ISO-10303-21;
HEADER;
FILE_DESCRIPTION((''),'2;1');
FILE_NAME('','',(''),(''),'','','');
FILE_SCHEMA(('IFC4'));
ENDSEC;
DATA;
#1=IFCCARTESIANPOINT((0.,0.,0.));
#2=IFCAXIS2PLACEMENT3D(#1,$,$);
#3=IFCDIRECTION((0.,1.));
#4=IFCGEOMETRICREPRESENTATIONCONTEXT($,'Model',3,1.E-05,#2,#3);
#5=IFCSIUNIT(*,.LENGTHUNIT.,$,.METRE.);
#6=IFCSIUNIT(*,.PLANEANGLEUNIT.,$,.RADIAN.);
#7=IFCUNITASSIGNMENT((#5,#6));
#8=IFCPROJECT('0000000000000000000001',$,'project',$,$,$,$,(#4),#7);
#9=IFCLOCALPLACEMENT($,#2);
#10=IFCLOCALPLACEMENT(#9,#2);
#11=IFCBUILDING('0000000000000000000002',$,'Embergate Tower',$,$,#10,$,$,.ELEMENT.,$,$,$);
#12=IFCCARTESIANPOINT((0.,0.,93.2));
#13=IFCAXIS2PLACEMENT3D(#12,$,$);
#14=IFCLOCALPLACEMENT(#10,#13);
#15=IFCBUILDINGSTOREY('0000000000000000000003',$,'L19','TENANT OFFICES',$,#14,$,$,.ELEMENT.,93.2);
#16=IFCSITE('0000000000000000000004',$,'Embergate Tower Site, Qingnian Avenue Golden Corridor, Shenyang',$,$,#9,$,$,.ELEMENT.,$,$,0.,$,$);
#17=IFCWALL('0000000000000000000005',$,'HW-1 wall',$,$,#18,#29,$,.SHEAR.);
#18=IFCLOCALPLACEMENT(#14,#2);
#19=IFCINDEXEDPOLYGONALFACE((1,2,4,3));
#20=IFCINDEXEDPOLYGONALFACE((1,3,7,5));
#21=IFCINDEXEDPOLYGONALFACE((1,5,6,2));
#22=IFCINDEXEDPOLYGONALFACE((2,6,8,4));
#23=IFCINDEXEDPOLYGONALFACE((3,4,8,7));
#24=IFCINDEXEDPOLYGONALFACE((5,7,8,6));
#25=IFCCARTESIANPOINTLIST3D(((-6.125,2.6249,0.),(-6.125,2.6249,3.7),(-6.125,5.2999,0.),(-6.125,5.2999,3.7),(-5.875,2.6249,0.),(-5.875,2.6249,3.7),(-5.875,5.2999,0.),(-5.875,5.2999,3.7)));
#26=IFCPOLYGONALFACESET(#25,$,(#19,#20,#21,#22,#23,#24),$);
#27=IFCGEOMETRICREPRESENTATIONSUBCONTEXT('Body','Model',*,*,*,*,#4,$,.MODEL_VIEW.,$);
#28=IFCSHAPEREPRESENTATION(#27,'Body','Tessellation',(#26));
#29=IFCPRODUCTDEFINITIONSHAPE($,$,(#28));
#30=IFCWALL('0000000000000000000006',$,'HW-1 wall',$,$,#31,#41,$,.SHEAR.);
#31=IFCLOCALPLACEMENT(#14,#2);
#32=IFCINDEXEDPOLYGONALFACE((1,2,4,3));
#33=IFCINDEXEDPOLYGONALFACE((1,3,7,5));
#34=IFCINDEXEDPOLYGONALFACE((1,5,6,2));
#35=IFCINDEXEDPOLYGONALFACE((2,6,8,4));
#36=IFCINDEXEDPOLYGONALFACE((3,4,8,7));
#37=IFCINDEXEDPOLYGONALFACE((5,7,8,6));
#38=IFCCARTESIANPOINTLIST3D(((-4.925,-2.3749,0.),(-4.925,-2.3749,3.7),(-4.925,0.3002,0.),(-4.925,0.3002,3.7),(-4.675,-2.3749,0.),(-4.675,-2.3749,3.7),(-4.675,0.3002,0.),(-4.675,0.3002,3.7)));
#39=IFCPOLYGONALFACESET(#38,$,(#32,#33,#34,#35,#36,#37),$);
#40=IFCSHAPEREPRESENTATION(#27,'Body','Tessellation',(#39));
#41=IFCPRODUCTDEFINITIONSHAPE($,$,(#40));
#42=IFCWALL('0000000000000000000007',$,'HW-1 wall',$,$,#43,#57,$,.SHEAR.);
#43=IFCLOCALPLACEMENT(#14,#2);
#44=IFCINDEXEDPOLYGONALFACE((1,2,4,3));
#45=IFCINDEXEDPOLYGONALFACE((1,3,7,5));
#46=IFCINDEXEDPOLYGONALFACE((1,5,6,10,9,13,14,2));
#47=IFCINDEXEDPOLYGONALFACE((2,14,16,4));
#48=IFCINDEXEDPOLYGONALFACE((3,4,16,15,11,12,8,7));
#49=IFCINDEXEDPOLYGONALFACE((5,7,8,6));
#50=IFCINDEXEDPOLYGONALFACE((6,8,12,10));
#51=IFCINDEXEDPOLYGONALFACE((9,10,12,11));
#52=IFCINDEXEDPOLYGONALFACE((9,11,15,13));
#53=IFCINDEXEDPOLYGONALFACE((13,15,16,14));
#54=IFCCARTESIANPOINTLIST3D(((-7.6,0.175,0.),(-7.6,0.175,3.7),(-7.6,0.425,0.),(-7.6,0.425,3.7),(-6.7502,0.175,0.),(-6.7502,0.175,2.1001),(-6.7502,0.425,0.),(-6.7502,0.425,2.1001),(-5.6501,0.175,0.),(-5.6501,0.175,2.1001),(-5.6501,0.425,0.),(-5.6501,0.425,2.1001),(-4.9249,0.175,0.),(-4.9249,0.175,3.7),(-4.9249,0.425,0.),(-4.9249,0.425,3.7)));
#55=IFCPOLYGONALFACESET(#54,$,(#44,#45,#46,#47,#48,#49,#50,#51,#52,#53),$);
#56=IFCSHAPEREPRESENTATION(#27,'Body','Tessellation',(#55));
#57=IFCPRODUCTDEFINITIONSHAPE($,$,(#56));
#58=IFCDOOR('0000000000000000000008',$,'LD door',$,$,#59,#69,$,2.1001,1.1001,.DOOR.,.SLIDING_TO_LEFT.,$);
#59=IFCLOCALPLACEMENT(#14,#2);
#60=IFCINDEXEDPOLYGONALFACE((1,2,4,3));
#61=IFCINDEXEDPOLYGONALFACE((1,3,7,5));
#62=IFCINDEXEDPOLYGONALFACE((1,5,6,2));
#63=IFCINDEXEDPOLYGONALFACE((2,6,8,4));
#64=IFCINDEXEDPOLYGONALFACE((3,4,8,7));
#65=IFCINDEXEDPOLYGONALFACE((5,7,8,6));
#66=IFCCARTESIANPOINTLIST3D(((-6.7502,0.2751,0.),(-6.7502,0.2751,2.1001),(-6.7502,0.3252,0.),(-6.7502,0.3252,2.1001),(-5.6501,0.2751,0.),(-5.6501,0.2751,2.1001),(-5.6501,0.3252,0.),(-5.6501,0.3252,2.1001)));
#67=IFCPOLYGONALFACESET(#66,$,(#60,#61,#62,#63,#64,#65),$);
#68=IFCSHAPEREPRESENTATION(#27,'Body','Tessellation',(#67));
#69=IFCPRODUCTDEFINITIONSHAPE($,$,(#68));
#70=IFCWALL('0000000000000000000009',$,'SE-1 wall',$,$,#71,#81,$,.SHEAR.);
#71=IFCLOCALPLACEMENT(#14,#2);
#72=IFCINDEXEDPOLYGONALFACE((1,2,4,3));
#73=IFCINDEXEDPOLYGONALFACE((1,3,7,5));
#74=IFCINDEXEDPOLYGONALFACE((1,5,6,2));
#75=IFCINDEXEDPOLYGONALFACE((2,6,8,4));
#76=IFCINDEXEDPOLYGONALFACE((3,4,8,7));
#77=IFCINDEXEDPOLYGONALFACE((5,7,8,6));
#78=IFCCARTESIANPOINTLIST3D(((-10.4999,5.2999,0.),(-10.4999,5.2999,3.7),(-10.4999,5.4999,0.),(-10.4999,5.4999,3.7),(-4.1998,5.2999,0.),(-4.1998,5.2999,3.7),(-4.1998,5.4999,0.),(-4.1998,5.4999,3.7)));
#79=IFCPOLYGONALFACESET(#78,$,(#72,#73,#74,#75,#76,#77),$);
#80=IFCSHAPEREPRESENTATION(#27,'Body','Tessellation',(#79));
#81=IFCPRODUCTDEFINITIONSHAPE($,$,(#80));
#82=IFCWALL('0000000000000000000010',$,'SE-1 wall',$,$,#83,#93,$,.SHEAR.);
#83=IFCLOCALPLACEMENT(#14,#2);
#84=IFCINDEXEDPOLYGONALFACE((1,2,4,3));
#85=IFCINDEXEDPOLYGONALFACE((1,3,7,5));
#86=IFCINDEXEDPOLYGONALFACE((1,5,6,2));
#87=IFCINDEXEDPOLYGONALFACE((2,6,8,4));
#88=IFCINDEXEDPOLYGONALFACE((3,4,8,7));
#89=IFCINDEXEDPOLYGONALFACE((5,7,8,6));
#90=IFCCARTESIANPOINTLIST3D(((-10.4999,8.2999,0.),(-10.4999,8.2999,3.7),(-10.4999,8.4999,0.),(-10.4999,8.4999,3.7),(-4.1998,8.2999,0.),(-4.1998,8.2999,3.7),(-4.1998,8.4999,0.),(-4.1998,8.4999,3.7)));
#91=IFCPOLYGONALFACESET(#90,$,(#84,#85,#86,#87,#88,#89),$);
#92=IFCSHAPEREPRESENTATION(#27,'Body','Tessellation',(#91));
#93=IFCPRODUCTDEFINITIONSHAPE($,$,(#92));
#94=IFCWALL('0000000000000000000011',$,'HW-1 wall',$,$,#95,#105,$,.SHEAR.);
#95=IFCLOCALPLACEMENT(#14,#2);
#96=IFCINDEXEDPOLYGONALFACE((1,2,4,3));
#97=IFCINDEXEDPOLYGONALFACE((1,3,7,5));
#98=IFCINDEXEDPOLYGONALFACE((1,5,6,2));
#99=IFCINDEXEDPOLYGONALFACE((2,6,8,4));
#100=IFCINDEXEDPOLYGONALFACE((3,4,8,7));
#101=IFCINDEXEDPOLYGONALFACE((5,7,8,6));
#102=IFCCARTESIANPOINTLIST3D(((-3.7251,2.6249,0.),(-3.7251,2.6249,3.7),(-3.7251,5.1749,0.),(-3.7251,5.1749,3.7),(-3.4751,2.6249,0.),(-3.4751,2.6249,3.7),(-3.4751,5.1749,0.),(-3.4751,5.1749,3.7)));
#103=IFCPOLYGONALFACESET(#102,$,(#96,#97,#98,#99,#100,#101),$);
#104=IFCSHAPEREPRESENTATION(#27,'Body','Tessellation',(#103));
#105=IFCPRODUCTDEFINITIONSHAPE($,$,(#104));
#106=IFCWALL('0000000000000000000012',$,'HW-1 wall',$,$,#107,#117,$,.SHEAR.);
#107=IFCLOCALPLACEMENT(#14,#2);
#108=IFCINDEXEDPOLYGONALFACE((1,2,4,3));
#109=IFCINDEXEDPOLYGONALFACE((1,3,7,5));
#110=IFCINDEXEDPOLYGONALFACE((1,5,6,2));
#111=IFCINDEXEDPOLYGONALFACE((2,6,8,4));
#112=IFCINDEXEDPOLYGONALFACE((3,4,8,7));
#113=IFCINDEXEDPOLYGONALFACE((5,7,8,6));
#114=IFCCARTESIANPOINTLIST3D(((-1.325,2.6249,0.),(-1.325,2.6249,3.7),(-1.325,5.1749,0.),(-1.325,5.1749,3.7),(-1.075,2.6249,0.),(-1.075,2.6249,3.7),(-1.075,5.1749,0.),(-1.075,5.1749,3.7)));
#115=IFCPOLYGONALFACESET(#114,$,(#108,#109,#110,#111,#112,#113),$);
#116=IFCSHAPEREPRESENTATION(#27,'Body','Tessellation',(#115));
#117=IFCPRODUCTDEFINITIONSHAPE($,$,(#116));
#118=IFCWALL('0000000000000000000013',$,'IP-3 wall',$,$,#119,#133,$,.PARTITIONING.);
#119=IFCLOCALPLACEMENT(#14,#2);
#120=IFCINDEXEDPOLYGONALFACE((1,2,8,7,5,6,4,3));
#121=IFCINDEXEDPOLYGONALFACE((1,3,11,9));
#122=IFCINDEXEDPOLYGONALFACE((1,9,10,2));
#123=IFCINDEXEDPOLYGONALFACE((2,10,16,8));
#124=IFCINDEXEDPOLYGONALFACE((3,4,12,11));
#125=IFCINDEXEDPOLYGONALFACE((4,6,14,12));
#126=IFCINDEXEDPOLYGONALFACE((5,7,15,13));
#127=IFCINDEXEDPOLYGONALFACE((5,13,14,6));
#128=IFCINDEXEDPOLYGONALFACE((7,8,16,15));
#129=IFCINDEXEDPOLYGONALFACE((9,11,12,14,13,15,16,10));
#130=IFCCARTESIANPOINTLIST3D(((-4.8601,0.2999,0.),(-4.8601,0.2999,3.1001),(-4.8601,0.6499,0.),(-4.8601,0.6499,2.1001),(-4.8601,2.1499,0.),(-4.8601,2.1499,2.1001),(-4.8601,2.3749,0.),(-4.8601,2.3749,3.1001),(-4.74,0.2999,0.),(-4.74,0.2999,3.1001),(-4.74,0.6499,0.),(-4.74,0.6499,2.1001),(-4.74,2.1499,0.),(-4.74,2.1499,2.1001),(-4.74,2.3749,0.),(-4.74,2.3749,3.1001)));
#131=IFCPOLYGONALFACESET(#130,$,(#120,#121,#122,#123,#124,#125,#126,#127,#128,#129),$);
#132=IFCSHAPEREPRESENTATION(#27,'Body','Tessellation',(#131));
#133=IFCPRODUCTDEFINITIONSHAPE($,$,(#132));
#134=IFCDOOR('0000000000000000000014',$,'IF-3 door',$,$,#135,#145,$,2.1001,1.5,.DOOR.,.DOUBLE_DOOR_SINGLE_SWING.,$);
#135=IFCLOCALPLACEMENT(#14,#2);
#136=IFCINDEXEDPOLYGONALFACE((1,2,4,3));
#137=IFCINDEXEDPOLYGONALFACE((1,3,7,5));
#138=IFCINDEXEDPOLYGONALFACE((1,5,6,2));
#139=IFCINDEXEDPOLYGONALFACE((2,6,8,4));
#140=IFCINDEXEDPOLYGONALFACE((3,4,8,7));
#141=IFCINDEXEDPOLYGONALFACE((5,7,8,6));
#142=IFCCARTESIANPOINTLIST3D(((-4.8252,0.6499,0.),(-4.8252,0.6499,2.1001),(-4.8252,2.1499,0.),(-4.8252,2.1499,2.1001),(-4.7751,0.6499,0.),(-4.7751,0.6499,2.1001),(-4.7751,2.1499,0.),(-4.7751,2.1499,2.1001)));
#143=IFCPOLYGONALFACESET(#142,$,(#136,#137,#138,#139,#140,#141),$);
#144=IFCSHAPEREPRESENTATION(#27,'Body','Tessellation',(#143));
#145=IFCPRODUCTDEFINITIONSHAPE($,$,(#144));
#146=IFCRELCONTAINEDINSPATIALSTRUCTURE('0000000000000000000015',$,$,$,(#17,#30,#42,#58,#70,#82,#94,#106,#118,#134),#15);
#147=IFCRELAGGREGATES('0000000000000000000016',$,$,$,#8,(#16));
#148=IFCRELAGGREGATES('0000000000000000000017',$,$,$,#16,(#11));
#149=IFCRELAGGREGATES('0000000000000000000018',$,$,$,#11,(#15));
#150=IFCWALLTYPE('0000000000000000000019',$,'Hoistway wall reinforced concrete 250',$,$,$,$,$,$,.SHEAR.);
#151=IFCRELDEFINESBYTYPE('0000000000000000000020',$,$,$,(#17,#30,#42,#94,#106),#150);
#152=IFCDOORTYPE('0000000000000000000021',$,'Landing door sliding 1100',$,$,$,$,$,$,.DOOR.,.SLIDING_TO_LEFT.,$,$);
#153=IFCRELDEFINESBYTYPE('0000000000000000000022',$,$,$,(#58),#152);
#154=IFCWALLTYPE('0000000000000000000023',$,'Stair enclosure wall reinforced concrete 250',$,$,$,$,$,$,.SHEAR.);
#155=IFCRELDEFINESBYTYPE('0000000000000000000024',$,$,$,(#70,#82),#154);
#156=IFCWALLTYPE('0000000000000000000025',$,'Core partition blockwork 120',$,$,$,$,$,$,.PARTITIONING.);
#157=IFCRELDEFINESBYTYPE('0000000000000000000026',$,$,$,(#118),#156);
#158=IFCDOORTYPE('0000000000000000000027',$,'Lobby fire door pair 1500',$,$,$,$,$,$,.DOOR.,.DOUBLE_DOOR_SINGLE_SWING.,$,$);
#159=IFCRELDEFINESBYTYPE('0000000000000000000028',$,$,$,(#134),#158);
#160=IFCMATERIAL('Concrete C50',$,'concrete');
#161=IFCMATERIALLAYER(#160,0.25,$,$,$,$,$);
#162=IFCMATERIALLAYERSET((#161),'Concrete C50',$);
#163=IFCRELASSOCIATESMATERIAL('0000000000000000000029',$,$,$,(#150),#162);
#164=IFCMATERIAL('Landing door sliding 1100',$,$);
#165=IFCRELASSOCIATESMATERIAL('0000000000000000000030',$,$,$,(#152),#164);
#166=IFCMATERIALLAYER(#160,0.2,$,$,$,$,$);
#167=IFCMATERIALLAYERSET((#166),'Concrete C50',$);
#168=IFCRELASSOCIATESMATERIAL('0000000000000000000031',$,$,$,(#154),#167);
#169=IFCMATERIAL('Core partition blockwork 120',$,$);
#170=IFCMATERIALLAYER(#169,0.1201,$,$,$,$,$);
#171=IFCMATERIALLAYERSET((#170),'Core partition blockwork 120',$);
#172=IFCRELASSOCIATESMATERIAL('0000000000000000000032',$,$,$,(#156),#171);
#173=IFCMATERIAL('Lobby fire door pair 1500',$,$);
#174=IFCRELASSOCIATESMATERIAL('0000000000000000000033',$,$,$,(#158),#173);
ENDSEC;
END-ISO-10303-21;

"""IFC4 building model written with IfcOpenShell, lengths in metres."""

from ifc_helpers import new_model, si_unit, direction, frame, frame_2d, origin, place, context, subcontext, project, spatial, rectangle, extrude, source, transform, mapped, material, layer, layer_set, type_object, element, fill, save


model = new_model("IFC4")

# Units and contexts
model_context = context("Model", 3, precision=1e-05, world=origin(), true_north=direction((0.0, 1.0)))
body_context = subcontext(model_context, "Body", "Model", "MODEL_VIEW")
ifc_project = project(units=[si_unit("LENGTHUNIT", "METRE"), si_unit("PLANEANGLEUNIT", "RADIAN")], contexts=[model_context])

# Site, building, storey
site_placement = place(None, origin())
site = spatial("IfcSite", under=ifc_project, at=site_placement, Name="Embergate Tower Site, Qingnian Avenue Golden Corridor, Shenyang", CompositionType="ELEMENT", RefElevation=0.0)
building_placement = place(site_placement, origin())
building = spatial("IfcBuilding", under=site, at=building_placement, Name="Embergate Tower", CompositionType="ELEMENT")
storey_placement = place(building_placement, frame((0.0, 0.0, 93.2)))
storey = spatial("IfcBuildingStorey", under=building, at=storey_placement, Name="L19", Description="TENANT OFFICES", CompositionType="ELEMENT", Elevation=93.2)

# Walls
ifc_material_1 = material(Name="Concrete C50", Category="concrete")
ifc_layer_1 = layer(ifc_material_1, 0.25)
ifc_layer_set_1 = layer_set([ifc_layer_1], Name="Concrete C50")
wall_type_1 = type_object("IfcWallType", Name="Hoistway wall reinforced concrete 250", PredefinedType="SHEAR", material=ifc_layer_set_1)
shared_shape_1 = source(origin(), body_context, "Body", "SweptSolid", [
    extrude(rectangle(XDim=2.675, YDim=0.25, at=frame_2d((1.3374, 0.0))), origin(), (0.0, 0.0, 1.0), 3.7),
])
for number, where, z_axis, x_axis, name in (
    (1, (-6.0, 2.625, 0.0), (0.0, 0.0, 1.0), (0.0, 1.0, 0.0), "HW-1 wall"),
    (2, (-4.8, 0.3, 0.0), (0.0, 0.0, 1.0), (0.0, -1.0, 0.0), "HW-1 wall"),
):
    element("IfcWall", number, at=place(storey_placement, frame(where, z_axis=z_axis, x_axis=x_axis)), inside=storey, type_object=wall_type_1, Name=name, PredefinedType="SHEAR", context=body_context, shape_type="MappedRepresentation", body=[
        mapped(shared_shape_1, transform((0.0, 0.0, 0.0))),
    ])

# Wall, opening, door
wall_1_placement = place(storey_placement, frame((-4.925, 0.3, 0.0), z_axis=(0.0, 0.0, 1.0), x_axis=(-1.0, 0.0, 0.0)))
wall_1 = element("IfcWall", 3, at=wall_1_placement, inside=storey, type_object=wall_type_1, Name="HW-1 wall", PredefinedType="SHEAR", context=body_context, shape_type="MappedRepresentation", body=[
    mapped(shared_shape_1, transform((0.0, 0.0, 0.0))),
])
shared_shape_2 = source(origin(), body_context, "Body", "SweptSolid", [
    extrude(rectangle(XDim=1.1001, YDim=2.1001, at=frame_2d((0.55, 1.05))), frame((0.0, 0.135, 0.0), z_axis=(0.0, -1.0, 0.0), x_axis=(1.0, 0.0, 0.0)), (0.0, 0.0, 1.0), 0.27),
])
opening_1_placement = place(wall_1_placement, frame((0.7251, 0.0, 0.0)))
opening_1 = element("IfcOpeningElement", 4, at=opening_1_placement, cuts=wall_1, PredefinedType="OPENING", context=body_context, shape_type="MappedRepresentation", body=[
    mapped(shared_shape_2, transform((0.0, 0.0, 0.0))),
])
ifc_material_2 = material(Name="Landing door sliding 1100")
door_type_1 = type_object("IfcDoorType", Name="Landing door sliding 1100", OperationType="SLIDING_TO_LEFT", PredefinedType="DOOR", material=ifc_material_2)
shared_shape_3 = source(origin(), body_context, "Body", "SweptSolid", [
    extrude(rectangle(XDim=1.1001, YDim=2.1001, at=frame_2d((0.55, 1.05))), frame((0.0, 0.0249, 0.0), z_axis=(0.0, -1.0, 0.0), x_axis=(1.0, 0.0, 0.0)), (0.0, 0.0, 1.0), 0.05),
])
door_1_placement = place(opening_1_placement, origin())
door_1 = element("IfcDoor", 5, at=door_1_placement, inside=storey, type_object=door_type_1, Name="LD door", OperationType="SLIDING_TO_LEFT", OverallHeight=2.1001, OverallWidth=1.1001, PredefinedType="DOOR", context=body_context, shape_type="MappedRepresentation", body=[
    mapped(shared_shape_3, transform((0.0, 0.0, 0.0))),
])
fill(opening_1, door_1)

# Walls
ifc_layer_2 = layer(ifc_material_1, 0.2)
ifc_layer_set_2 = layer_set([ifc_layer_2], Name="Concrete C50")
wall_type_2 = type_object("IfcWallType", Name="Stair enclosure wall reinforced concrete 250", PredefinedType="SHEAR", material=ifc_layer_set_2)
shared_shape_4 = source(origin(), body_context, "Body", "SweptSolid", [
    extrude(rectangle(XDim=6.3, YDim=0.2, at=frame_2d((3.1499, 0.0))), origin(), (0.0, 0.0, 1.0), 3.7),
])
for number, where, z_axis, x_axis, name in (
    (6, (-4.2, 5.3999, 0.0), (0.0, 0.0, 1.0), (-1.0, 0.0, 0.0), "SE-1 wall"),
    (7, (-4.2, 8.3999, 0.0), (0.0, 0.0, 1.0), (-1.0, 0.0, 0.0), "SE-1 wall"),
):
    element("IfcWall", number, at=place(storey_placement, frame(where, z_axis=z_axis, x_axis=x_axis)), inside=storey, type_object=wall_type_2, Name=name, PredefinedType="SHEAR", context=body_context, shape_type="MappedRepresentation", body=[
        mapped(shared_shape_4, transform((0.0, 0.0, 0.0))),
    ])
shared_shape_5 = source(origin(), body_context, "Body", "SweptSolid", [
    extrude(rectangle(XDim=2.55, YDim=0.25, at=frame_2d((1.2749, 0.0))), origin(), (0.0, 0.0, 1.0), 3.7),
])
for number, where, z_axis, x_axis, name in (
    (8, (-3.6001, 2.625, 0.0), (0.0, 0.0, 1.0), (0.0, 1.0, 0.0), "HW-1 wall"),
    (9, (-1.2, 2.625, 0.0), (0.0, 0.0, 1.0), (0.0, 1.0, 0.0), "HW-1 wall"),
):
    element("IfcWall", number, at=place(storey_placement, frame(where, z_axis=z_axis, x_axis=x_axis)), inside=storey, type_object=wall_type_1, Name=name, PredefinedType="SHEAR", context=body_context, shape_type="MappedRepresentation", body=[
        mapped(shared_shape_5, transform((0.0, 0.0, 0.0))),
    ])

# Wall, opening, door
ifc_material_3 = material(Name="Core partition blockwork 120")
ifc_layer_3 = layer(ifc_material_3, 0.1201)
ifc_layer_set_3 = layer_set([ifc_layer_3], Name="Core partition blockwork 120")
wall_type_3 = type_object("IfcWallType", Name="Core partition blockwork 120", PredefinedType="PARTITIONING", material=ifc_layer_set_3)
shared_shape_6 = source(origin(), body_context, "Body", "SweptSolid", [
    extrude(rectangle(XDim=2.075, YDim=0.1201, at=frame_2d((1.0376, 0.0))), origin(), (0.0, 0.0, 1.0), 3.1001),
])
wall_2_placement = place(storey_placement, frame((-4.8, 2.375, 0.0), z_axis=(0.0, 0.0, 1.0), x_axis=(0.0, -1.0, 0.0)))
wall_2 = element("IfcWall", 10, at=wall_2_placement, inside=storey, type_object=wall_type_3, Name="IP-3 wall", PredefinedType="PARTITIONING", context=body_context, shape_type="MappedRepresentation", body=[
    mapped(shared_shape_6, transform((0.0, 0.0, 0.0))),
])
shared_shape_7 = source(origin(), body_context, "Body", "SweptSolid", [
    extrude(rectangle(XDim=1.5, YDim=2.1001, at=frame_2d((0.75, 1.05))), frame((0.0, 0.0701, 0.0), z_axis=(0.0, -1.0, 0.0), x_axis=(1.0, 0.0, 0.0)), (0.0, 0.0, 1.0), 0.1401),
])
opening_2_placement = place(wall_2_placement, frame((0.2251, 0.0, 0.0)))
opening_2 = element("IfcOpeningElement", 11, at=opening_2_placement, cuts=wall_2, PredefinedType="OPENING", context=body_context, shape_type="MappedRepresentation", body=[
    mapped(shared_shape_7, transform((0.0, 0.0, 0.0))),
])
ifc_material_4 = material(Name="Lobby fire door pair 1500")
door_type_2 = type_object("IfcDoorType", Name="Lobby fire door pair 1500", OperationType="DOUBLE_DOOR_SINGLE_SWING", PredefinedType="DOOR", material=ifc_material_4)
shared_shape_8 = source(origin(), body_context, "Body", "SweptSolid", [
    extrude(rectangle(XDim=1.5, YDim=2.1001, at=frame_2d((0.75, 1.05))), frame((0.0, 0.0249, 0.0), z_axis=(0.0, -1.0, 0.0), x_axis=(1.0, 0.0, 0.0)), (0.0, 0.0, 1.0), 0.05),
])
door_2_placement = place(opening_2_placement, origin())
door_2 = element("IfcDoor", 12, at=door_2_placement, inside=storey, type_object=door_type_2, Name="IF-3 door", OperationType="DOUBLE_DOOR_SINGLE_SWING", OverallHeight=2.1001, OverallWidth=1.5, PredefinedType="DOOR", context=body_context, shape_type="MappedRepresentation", body=[
    mapped(shared_shape_8, transform((0.0, 0.0, 0.0))),
])
fill(opening_2, door_2)

save(model, "model.ifc")
